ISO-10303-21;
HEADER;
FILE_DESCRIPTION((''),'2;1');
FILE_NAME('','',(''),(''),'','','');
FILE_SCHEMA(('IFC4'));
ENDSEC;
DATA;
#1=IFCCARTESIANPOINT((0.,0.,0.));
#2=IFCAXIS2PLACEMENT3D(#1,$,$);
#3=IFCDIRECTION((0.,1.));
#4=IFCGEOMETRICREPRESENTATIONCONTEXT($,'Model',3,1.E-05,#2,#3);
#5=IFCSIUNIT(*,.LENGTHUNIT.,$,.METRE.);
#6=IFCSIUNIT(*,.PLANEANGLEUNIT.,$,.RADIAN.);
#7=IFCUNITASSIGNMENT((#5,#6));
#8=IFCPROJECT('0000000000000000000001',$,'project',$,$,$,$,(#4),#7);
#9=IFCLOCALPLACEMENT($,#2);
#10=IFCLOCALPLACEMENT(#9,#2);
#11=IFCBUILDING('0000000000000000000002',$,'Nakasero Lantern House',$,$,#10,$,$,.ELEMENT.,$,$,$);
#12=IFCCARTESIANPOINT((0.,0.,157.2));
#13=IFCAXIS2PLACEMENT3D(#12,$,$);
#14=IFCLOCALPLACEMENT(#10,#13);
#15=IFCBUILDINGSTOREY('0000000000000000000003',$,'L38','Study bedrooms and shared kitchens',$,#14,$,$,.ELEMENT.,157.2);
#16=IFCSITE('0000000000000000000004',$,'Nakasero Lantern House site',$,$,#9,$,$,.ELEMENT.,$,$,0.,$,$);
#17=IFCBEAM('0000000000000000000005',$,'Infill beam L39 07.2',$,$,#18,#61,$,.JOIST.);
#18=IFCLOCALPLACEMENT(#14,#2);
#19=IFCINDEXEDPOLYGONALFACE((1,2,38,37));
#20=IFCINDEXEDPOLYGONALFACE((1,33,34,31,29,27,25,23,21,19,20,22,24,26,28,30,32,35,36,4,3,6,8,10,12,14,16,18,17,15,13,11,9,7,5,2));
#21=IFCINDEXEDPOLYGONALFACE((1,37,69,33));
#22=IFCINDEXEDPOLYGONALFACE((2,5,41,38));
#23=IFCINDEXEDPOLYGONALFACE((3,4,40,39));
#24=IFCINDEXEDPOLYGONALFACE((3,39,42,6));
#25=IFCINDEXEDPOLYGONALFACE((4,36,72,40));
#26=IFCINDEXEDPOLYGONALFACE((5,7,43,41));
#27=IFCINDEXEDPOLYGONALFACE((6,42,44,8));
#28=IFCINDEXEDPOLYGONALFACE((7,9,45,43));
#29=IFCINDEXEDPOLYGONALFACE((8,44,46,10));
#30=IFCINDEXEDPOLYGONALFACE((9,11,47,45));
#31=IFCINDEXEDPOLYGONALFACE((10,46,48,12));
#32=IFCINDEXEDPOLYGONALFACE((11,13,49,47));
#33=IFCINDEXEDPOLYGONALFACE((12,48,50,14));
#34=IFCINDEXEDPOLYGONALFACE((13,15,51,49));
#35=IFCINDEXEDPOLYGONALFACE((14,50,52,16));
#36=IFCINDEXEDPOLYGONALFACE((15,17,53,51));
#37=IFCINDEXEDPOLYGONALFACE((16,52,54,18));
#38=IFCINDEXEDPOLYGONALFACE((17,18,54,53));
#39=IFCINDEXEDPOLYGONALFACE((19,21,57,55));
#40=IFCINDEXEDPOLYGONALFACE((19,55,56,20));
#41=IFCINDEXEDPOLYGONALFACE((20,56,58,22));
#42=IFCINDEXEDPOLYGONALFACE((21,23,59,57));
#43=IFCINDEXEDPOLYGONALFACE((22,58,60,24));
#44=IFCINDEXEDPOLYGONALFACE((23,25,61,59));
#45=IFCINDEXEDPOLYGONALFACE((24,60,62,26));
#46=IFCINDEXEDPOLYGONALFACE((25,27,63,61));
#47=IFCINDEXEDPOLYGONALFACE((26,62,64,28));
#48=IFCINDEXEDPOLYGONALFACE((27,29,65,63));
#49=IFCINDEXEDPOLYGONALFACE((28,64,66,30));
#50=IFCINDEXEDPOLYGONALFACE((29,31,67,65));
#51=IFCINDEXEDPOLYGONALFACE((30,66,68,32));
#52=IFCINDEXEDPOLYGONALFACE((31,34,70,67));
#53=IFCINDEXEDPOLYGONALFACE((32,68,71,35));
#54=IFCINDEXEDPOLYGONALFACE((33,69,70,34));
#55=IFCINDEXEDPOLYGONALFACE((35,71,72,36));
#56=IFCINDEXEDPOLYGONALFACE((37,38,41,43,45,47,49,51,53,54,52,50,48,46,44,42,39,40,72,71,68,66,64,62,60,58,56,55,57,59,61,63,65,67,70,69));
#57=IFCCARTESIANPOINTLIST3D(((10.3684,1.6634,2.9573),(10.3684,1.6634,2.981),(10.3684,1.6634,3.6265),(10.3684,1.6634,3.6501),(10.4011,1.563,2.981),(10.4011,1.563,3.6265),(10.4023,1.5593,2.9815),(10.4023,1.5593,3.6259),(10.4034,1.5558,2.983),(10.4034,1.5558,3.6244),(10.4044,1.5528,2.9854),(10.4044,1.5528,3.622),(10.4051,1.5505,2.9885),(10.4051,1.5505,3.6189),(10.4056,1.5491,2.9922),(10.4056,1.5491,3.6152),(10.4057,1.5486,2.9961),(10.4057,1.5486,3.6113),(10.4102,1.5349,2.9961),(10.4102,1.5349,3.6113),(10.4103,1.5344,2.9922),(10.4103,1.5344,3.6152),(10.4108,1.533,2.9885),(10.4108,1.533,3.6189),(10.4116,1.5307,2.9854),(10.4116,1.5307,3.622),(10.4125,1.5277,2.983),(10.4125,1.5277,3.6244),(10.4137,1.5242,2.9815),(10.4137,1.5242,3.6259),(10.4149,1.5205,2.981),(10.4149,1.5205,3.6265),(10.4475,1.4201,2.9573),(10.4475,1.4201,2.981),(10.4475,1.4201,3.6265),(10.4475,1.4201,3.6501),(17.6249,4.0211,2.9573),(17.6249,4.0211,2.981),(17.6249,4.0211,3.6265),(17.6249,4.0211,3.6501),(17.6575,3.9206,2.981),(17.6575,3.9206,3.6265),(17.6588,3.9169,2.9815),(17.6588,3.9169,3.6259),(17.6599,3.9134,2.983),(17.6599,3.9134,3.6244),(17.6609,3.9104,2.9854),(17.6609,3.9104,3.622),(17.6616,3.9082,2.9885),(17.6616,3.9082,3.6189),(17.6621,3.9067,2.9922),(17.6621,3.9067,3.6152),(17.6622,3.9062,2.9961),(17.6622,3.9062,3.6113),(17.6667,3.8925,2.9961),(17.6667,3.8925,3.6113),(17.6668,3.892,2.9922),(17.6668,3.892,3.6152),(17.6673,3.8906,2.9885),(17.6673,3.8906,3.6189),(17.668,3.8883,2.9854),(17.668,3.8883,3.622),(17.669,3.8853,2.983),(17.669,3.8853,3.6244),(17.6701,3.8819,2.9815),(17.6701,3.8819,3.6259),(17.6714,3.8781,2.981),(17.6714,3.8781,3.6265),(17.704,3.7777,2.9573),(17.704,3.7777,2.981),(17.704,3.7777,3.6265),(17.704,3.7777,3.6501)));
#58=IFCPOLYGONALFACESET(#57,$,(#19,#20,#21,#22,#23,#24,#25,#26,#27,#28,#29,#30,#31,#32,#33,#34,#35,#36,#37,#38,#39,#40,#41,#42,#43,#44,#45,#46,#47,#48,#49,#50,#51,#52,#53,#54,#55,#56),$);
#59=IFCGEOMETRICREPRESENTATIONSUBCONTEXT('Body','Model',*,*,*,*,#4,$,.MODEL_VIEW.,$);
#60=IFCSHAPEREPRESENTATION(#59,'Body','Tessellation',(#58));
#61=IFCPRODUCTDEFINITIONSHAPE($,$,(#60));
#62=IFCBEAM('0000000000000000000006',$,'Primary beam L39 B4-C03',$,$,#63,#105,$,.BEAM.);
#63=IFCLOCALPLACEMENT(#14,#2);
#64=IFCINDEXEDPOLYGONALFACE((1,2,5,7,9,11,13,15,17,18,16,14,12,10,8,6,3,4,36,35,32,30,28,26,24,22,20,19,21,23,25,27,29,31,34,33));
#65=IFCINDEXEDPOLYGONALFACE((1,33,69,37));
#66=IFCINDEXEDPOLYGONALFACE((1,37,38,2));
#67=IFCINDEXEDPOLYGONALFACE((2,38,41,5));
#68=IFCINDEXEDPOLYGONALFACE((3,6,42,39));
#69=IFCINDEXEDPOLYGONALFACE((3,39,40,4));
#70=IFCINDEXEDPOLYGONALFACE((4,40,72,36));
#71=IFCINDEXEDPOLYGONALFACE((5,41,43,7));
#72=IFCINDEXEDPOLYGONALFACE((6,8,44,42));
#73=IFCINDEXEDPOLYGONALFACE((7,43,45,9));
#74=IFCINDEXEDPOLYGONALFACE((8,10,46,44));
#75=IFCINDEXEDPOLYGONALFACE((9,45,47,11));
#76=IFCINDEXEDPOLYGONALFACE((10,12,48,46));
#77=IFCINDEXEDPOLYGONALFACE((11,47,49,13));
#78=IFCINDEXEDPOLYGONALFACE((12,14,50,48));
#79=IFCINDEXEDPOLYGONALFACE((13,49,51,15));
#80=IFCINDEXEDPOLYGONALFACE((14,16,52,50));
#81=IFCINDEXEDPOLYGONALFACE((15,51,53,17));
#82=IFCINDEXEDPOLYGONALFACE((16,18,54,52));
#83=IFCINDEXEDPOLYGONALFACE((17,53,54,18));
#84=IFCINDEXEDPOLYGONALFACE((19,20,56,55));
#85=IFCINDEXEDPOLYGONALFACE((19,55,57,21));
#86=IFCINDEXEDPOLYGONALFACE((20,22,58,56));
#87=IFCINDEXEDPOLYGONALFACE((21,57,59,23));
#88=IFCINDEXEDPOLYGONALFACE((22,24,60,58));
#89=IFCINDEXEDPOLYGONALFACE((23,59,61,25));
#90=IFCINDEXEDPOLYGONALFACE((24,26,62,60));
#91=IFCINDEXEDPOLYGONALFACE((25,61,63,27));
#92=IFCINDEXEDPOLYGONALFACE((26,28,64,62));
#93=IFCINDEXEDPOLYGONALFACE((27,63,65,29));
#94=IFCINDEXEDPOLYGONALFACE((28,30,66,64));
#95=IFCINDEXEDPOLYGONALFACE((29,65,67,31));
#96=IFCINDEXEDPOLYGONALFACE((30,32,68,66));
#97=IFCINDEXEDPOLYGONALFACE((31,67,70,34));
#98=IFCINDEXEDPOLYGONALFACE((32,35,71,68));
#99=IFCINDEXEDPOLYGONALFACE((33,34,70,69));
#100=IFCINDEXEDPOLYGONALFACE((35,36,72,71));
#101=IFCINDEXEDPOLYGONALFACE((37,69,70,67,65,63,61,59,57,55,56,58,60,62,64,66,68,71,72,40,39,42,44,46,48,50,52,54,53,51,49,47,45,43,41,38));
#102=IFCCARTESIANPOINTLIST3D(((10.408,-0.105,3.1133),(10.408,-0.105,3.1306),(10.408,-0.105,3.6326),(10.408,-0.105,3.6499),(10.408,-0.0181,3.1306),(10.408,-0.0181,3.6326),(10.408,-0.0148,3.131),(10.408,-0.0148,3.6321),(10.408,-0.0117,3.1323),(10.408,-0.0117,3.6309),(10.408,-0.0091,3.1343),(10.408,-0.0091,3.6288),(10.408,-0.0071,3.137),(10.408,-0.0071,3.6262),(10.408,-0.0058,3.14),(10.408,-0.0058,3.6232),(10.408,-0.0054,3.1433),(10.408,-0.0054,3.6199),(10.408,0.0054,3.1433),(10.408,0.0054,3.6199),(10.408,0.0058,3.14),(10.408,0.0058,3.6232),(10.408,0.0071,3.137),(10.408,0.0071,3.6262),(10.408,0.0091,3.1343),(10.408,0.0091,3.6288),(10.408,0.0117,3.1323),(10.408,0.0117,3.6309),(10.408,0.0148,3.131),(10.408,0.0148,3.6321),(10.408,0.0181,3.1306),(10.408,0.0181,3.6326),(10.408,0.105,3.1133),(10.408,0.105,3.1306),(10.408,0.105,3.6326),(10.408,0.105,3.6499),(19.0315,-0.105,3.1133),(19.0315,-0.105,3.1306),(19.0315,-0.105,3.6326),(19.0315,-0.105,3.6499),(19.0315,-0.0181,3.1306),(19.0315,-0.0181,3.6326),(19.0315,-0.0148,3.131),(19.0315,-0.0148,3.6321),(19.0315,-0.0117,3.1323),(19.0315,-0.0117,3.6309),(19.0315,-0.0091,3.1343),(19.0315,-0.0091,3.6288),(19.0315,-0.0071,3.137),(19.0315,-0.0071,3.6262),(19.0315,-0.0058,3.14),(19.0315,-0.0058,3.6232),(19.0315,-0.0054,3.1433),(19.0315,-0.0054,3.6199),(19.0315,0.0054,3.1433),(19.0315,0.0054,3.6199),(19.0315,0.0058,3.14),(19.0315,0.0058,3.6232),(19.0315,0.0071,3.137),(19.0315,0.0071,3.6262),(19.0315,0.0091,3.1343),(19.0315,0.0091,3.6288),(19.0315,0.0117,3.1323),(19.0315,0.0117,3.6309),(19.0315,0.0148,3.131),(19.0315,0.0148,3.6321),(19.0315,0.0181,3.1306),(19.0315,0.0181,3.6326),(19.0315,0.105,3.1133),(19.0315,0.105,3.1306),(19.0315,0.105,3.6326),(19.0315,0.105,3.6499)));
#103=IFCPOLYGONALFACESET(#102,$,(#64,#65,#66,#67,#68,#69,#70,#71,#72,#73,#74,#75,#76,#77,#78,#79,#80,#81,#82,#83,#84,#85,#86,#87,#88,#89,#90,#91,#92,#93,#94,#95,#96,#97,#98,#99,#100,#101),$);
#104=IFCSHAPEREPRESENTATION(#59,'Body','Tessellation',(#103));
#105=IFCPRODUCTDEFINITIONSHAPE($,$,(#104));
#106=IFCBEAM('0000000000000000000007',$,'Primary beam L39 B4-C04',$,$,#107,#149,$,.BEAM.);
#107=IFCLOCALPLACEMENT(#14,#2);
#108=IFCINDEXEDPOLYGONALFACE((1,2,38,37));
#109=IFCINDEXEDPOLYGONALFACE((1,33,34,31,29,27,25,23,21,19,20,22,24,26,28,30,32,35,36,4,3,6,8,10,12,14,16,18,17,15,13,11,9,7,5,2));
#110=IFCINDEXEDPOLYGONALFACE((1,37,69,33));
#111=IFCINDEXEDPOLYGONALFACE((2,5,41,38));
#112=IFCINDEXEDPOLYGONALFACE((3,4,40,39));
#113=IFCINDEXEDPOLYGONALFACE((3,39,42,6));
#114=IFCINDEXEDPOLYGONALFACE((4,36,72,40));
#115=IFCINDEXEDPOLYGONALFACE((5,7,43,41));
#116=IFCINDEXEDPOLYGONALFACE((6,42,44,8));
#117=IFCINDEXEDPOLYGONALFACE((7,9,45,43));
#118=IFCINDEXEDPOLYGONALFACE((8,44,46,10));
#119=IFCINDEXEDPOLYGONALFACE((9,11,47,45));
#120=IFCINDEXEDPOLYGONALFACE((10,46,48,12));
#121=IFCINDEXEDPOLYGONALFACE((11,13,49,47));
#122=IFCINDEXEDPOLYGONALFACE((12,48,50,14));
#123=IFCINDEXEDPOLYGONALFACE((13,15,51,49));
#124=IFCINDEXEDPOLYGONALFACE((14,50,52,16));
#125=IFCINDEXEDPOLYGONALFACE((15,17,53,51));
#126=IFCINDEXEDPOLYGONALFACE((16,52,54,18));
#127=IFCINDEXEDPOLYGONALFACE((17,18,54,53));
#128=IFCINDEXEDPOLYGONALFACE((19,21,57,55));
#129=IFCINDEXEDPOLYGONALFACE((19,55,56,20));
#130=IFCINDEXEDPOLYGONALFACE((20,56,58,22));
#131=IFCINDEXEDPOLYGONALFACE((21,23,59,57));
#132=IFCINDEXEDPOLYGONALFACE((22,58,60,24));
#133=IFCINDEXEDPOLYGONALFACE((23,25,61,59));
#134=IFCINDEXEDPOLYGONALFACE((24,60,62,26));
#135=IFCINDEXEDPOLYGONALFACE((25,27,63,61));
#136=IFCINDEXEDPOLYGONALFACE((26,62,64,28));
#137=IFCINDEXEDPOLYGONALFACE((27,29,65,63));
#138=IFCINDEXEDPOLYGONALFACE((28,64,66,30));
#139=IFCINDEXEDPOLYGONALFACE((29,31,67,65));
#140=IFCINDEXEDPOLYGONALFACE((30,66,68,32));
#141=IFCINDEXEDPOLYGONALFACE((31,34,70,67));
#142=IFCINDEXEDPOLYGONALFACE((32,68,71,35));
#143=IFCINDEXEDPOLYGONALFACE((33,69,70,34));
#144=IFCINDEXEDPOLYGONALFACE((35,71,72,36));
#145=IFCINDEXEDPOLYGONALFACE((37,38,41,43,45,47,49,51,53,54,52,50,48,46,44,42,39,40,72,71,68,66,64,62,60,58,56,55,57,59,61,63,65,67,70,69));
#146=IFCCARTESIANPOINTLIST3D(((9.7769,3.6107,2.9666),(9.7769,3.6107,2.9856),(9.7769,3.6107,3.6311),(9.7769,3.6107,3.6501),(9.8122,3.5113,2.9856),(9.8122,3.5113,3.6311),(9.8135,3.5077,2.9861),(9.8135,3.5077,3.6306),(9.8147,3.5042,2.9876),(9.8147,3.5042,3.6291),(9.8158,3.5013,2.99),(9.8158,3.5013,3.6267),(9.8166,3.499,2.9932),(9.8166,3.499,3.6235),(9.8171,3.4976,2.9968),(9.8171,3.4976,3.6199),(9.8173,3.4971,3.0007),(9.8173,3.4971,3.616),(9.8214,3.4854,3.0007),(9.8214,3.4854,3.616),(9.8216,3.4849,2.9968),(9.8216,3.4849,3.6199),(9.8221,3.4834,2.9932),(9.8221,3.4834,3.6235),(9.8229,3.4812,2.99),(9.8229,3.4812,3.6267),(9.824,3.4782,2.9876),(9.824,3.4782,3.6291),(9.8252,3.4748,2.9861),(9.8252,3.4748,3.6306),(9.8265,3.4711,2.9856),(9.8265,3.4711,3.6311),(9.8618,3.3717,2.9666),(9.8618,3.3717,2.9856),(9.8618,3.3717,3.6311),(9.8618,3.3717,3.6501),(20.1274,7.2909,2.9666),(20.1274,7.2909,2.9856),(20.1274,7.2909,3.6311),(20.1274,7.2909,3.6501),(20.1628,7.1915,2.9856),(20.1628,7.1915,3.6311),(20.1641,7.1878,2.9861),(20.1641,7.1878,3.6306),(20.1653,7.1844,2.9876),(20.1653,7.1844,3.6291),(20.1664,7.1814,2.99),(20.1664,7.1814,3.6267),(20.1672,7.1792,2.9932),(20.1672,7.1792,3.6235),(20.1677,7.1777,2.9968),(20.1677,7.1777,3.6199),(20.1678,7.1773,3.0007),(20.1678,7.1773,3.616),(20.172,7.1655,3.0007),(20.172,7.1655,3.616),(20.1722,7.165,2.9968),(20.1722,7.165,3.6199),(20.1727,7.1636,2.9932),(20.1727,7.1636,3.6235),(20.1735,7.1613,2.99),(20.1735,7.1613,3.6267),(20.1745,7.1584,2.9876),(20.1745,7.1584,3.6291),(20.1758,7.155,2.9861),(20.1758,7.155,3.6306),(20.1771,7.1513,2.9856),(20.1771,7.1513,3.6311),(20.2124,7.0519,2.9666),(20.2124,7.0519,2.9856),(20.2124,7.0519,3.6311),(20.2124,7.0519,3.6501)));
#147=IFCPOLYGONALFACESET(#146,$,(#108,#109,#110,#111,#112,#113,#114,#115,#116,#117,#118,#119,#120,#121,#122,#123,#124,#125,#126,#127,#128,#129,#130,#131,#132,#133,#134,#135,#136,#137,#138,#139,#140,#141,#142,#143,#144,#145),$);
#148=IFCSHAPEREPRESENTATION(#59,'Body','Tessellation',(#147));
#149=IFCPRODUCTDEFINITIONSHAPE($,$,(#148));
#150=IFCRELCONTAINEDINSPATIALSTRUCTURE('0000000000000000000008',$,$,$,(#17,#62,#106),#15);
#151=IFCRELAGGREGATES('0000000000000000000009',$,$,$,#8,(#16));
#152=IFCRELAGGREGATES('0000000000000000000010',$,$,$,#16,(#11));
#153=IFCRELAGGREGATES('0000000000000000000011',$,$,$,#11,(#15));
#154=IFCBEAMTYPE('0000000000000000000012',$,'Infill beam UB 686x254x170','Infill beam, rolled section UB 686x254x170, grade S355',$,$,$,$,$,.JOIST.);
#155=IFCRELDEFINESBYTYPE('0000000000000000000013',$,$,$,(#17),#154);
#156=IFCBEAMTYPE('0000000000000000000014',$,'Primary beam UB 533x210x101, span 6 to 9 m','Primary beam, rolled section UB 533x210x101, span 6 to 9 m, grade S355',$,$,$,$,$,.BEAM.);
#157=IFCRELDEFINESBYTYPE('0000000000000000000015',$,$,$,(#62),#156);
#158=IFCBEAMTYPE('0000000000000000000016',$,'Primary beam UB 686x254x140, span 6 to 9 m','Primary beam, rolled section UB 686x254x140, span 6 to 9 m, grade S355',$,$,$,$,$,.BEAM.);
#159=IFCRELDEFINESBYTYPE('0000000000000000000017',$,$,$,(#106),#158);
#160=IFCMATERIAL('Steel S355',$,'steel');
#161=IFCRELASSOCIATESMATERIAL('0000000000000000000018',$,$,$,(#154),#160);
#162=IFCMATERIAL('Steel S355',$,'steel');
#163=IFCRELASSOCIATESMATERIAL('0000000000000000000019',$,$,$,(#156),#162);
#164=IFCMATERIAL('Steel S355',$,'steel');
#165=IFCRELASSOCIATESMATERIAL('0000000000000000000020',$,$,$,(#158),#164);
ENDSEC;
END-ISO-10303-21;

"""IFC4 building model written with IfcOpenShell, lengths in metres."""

from ifc_helpers import new_model, si_unit, direction, frame, origin, origin_2d, place, context, subcontext, project, spatial, i_section, extrude, material, material_profile, profile_set, type_object, element, save


model = new_model("IFC4")

# Units and contexts
model_context = context("Model", 3, precision=1e-05, world=origin(), true_north=direction((0.0, 1.0)))
body_context = subcontext(model_context, "Body", "Model", "MODEL_VIEW")
ifc_project = project(units=[si_unit("LENGTHUNIT", "METRE"), si_unit("PLANEANGLEUNIT", "RADIAN")], contexts=[model_context])

# Site, building, storey
site_placement = place(None, origin())
site = spatial("IfcSite", under=ifc_project, at=site_placement, Name="Nakasero Lantern House site", CompositionType="ELEMENT", RefElevation=0.0)
building_placement = place(site_placement, origin())
building = spatial("IfcBuilding", under=site, at=building_placement, Name="Nakasero Lantern House", CompositionType="ELEMENT")
storey_placement = place(building_placement, frame((0.0, 0.0, 157.2)))
storey = spatial("IfcBuildingStorey", under=building, at=storey_placement, Name="L38", Description="Study bedrooms and shared kitchens", CompositionType="ELEMENT", Elevation=157.2)

# Beams
ifc_material_1 = material(Name="Steel S355", Category="steel")
ifc_material_profile_1 = material_profile(ifc_material_1, i_section(OverallWidth=0.2559, OverallDepth=0.6929, WebThickness=0.0144, FlangeThickness=0.0237, FilletRadius=0.0151, at=origin_2d()), Name="UB 686x254x170")
ifc_profile_set_1 = profile_set([ifc_material_profile_1], Name="Steel S355")
beam_type_1 = type_object("IfcBeamType", Name="Infill beam UB 686x254x170", Description="Infill beam, rolled section UB 686x254x170, grade S355", PredefinedType="JOIST", material=ifc_profile_set_1)
beam_1_placement = place(storey_placement, frame((10.408, 1.5417, 3.3037), z_axis=(0.951062, 0.309, 0.0), x_axis=(-0.309, 0.951062, 0.0)))
element("IfcBeam", 1, at=beam_1_placement, inside=storey, type_object=beam_type_1, Name="Infill beam L39 07.2", PredefinedType="JOIST", context=body_context, shape_type="SweptSolid", body=[
    extrude(i_section(OverallWidth=0.2559, OverallDepth=0.6929, WebThickness=0.0144, FlangeThickness=0.0237, FilletRadius=0.0151, at=origin_2d()), origin(), (0.0, 0.0, 1.0), 7.6299),
])
ifc_material_2 = material(Name="Steel S355", Category="steel")
ifc_material_profile_2 = material_profile(ifc_material_2, i_section(OverallWidth=0.21, OverallDepth=0.5366, WebThickness=0.0107, FlangeThickness=0.0173, FilletRadius=0.0127, at=origin_2d()), Name="UB 533x210x101")
ifc_profile_set_2 = profile_set([ifc_material_profile_2], Name="Steel S355")
beam_type_2 = type_object("IfcBeamType", Name="Primary beam UB 533x210x101, span 6 to 9 m", Description="Primary beam, rolled section UB 533x210x101, span 6 to 9 m, grade S355", PredefinedType="BEAM", material=ifc_profile_set_2)
beam_2_placement = place(storey_placement, frame((19.0315, 0.0, 3.3816), z_axis=(-1.0, 0.0, 0.0), x_axis=(0.0, -1.0, 0.0)))
element("IfcBeam", 2, at=beam_2_placement, inside=storey, type_object=beam_type_2, Name="Primary beam L39 B4-C03", PredefinedType="BEAM", context=body_context, shape_type="SweptSolid", body=[
    extrude(i_section(OverallWidth=0.21, OverallDepth=0.5366, WebThickness=0.0107, FlangeThickness=0.0173, FilletRadius=0.0127, at=origin_2d()), origin(), (0.0, 0.0, 1.0), 8.6235),
])
ifc_material_3 = material(Name="Steel S355", Category="steel")
ifc_material_profile_3 = material_profile(ifc_material_3, i_section(OverallWidth=0.2537, OverallDepth=0.6836, WebThickness=0.0125, FlangeThickness=0.019, FilletRadius=0.0151, at=origin_2d()), Name="UB 686x254x140")
ifc_profile_set_3 = profile_set([ifc_material_profile_3], Name="Steel S355")
beam_type_3 = type_object("IfcBeamType", Name="Primary beam UB 686x254x140, span 6 to 9 m", Description="Primary beam, rolled section UB 686x254x140, span 6 to 9 m, grade S355", PredefinedType="BEAM", material=ifc_profile_set_3)
beam_3_placement = place(storey_placement, frame((20.1699, 7.1714, 3.3083), z_axis=(-0.942216, -0.335007, 0.0), x_axis=(0.335007, -0.942216, 0.0)))
element("IfcBeam", 3, at=beam_3_placement, inside=storey, type_object=beam_type_3, Name="Primary beam L39 B4-C04", PredefinedType="BEAM", context=body_context, shape_type="SweptSolid", body=[
    extrude(i_section(OverallWidth=0.2537, OverallDepth=0.6836, WebThickness=0.0125, FlangeThickness=0.019, FilletRadius=0.0151, at=origin_2d()), origin(), (0.0, 0.0, 1.0), 10.9854),
])

save(model, "model.ifc")
